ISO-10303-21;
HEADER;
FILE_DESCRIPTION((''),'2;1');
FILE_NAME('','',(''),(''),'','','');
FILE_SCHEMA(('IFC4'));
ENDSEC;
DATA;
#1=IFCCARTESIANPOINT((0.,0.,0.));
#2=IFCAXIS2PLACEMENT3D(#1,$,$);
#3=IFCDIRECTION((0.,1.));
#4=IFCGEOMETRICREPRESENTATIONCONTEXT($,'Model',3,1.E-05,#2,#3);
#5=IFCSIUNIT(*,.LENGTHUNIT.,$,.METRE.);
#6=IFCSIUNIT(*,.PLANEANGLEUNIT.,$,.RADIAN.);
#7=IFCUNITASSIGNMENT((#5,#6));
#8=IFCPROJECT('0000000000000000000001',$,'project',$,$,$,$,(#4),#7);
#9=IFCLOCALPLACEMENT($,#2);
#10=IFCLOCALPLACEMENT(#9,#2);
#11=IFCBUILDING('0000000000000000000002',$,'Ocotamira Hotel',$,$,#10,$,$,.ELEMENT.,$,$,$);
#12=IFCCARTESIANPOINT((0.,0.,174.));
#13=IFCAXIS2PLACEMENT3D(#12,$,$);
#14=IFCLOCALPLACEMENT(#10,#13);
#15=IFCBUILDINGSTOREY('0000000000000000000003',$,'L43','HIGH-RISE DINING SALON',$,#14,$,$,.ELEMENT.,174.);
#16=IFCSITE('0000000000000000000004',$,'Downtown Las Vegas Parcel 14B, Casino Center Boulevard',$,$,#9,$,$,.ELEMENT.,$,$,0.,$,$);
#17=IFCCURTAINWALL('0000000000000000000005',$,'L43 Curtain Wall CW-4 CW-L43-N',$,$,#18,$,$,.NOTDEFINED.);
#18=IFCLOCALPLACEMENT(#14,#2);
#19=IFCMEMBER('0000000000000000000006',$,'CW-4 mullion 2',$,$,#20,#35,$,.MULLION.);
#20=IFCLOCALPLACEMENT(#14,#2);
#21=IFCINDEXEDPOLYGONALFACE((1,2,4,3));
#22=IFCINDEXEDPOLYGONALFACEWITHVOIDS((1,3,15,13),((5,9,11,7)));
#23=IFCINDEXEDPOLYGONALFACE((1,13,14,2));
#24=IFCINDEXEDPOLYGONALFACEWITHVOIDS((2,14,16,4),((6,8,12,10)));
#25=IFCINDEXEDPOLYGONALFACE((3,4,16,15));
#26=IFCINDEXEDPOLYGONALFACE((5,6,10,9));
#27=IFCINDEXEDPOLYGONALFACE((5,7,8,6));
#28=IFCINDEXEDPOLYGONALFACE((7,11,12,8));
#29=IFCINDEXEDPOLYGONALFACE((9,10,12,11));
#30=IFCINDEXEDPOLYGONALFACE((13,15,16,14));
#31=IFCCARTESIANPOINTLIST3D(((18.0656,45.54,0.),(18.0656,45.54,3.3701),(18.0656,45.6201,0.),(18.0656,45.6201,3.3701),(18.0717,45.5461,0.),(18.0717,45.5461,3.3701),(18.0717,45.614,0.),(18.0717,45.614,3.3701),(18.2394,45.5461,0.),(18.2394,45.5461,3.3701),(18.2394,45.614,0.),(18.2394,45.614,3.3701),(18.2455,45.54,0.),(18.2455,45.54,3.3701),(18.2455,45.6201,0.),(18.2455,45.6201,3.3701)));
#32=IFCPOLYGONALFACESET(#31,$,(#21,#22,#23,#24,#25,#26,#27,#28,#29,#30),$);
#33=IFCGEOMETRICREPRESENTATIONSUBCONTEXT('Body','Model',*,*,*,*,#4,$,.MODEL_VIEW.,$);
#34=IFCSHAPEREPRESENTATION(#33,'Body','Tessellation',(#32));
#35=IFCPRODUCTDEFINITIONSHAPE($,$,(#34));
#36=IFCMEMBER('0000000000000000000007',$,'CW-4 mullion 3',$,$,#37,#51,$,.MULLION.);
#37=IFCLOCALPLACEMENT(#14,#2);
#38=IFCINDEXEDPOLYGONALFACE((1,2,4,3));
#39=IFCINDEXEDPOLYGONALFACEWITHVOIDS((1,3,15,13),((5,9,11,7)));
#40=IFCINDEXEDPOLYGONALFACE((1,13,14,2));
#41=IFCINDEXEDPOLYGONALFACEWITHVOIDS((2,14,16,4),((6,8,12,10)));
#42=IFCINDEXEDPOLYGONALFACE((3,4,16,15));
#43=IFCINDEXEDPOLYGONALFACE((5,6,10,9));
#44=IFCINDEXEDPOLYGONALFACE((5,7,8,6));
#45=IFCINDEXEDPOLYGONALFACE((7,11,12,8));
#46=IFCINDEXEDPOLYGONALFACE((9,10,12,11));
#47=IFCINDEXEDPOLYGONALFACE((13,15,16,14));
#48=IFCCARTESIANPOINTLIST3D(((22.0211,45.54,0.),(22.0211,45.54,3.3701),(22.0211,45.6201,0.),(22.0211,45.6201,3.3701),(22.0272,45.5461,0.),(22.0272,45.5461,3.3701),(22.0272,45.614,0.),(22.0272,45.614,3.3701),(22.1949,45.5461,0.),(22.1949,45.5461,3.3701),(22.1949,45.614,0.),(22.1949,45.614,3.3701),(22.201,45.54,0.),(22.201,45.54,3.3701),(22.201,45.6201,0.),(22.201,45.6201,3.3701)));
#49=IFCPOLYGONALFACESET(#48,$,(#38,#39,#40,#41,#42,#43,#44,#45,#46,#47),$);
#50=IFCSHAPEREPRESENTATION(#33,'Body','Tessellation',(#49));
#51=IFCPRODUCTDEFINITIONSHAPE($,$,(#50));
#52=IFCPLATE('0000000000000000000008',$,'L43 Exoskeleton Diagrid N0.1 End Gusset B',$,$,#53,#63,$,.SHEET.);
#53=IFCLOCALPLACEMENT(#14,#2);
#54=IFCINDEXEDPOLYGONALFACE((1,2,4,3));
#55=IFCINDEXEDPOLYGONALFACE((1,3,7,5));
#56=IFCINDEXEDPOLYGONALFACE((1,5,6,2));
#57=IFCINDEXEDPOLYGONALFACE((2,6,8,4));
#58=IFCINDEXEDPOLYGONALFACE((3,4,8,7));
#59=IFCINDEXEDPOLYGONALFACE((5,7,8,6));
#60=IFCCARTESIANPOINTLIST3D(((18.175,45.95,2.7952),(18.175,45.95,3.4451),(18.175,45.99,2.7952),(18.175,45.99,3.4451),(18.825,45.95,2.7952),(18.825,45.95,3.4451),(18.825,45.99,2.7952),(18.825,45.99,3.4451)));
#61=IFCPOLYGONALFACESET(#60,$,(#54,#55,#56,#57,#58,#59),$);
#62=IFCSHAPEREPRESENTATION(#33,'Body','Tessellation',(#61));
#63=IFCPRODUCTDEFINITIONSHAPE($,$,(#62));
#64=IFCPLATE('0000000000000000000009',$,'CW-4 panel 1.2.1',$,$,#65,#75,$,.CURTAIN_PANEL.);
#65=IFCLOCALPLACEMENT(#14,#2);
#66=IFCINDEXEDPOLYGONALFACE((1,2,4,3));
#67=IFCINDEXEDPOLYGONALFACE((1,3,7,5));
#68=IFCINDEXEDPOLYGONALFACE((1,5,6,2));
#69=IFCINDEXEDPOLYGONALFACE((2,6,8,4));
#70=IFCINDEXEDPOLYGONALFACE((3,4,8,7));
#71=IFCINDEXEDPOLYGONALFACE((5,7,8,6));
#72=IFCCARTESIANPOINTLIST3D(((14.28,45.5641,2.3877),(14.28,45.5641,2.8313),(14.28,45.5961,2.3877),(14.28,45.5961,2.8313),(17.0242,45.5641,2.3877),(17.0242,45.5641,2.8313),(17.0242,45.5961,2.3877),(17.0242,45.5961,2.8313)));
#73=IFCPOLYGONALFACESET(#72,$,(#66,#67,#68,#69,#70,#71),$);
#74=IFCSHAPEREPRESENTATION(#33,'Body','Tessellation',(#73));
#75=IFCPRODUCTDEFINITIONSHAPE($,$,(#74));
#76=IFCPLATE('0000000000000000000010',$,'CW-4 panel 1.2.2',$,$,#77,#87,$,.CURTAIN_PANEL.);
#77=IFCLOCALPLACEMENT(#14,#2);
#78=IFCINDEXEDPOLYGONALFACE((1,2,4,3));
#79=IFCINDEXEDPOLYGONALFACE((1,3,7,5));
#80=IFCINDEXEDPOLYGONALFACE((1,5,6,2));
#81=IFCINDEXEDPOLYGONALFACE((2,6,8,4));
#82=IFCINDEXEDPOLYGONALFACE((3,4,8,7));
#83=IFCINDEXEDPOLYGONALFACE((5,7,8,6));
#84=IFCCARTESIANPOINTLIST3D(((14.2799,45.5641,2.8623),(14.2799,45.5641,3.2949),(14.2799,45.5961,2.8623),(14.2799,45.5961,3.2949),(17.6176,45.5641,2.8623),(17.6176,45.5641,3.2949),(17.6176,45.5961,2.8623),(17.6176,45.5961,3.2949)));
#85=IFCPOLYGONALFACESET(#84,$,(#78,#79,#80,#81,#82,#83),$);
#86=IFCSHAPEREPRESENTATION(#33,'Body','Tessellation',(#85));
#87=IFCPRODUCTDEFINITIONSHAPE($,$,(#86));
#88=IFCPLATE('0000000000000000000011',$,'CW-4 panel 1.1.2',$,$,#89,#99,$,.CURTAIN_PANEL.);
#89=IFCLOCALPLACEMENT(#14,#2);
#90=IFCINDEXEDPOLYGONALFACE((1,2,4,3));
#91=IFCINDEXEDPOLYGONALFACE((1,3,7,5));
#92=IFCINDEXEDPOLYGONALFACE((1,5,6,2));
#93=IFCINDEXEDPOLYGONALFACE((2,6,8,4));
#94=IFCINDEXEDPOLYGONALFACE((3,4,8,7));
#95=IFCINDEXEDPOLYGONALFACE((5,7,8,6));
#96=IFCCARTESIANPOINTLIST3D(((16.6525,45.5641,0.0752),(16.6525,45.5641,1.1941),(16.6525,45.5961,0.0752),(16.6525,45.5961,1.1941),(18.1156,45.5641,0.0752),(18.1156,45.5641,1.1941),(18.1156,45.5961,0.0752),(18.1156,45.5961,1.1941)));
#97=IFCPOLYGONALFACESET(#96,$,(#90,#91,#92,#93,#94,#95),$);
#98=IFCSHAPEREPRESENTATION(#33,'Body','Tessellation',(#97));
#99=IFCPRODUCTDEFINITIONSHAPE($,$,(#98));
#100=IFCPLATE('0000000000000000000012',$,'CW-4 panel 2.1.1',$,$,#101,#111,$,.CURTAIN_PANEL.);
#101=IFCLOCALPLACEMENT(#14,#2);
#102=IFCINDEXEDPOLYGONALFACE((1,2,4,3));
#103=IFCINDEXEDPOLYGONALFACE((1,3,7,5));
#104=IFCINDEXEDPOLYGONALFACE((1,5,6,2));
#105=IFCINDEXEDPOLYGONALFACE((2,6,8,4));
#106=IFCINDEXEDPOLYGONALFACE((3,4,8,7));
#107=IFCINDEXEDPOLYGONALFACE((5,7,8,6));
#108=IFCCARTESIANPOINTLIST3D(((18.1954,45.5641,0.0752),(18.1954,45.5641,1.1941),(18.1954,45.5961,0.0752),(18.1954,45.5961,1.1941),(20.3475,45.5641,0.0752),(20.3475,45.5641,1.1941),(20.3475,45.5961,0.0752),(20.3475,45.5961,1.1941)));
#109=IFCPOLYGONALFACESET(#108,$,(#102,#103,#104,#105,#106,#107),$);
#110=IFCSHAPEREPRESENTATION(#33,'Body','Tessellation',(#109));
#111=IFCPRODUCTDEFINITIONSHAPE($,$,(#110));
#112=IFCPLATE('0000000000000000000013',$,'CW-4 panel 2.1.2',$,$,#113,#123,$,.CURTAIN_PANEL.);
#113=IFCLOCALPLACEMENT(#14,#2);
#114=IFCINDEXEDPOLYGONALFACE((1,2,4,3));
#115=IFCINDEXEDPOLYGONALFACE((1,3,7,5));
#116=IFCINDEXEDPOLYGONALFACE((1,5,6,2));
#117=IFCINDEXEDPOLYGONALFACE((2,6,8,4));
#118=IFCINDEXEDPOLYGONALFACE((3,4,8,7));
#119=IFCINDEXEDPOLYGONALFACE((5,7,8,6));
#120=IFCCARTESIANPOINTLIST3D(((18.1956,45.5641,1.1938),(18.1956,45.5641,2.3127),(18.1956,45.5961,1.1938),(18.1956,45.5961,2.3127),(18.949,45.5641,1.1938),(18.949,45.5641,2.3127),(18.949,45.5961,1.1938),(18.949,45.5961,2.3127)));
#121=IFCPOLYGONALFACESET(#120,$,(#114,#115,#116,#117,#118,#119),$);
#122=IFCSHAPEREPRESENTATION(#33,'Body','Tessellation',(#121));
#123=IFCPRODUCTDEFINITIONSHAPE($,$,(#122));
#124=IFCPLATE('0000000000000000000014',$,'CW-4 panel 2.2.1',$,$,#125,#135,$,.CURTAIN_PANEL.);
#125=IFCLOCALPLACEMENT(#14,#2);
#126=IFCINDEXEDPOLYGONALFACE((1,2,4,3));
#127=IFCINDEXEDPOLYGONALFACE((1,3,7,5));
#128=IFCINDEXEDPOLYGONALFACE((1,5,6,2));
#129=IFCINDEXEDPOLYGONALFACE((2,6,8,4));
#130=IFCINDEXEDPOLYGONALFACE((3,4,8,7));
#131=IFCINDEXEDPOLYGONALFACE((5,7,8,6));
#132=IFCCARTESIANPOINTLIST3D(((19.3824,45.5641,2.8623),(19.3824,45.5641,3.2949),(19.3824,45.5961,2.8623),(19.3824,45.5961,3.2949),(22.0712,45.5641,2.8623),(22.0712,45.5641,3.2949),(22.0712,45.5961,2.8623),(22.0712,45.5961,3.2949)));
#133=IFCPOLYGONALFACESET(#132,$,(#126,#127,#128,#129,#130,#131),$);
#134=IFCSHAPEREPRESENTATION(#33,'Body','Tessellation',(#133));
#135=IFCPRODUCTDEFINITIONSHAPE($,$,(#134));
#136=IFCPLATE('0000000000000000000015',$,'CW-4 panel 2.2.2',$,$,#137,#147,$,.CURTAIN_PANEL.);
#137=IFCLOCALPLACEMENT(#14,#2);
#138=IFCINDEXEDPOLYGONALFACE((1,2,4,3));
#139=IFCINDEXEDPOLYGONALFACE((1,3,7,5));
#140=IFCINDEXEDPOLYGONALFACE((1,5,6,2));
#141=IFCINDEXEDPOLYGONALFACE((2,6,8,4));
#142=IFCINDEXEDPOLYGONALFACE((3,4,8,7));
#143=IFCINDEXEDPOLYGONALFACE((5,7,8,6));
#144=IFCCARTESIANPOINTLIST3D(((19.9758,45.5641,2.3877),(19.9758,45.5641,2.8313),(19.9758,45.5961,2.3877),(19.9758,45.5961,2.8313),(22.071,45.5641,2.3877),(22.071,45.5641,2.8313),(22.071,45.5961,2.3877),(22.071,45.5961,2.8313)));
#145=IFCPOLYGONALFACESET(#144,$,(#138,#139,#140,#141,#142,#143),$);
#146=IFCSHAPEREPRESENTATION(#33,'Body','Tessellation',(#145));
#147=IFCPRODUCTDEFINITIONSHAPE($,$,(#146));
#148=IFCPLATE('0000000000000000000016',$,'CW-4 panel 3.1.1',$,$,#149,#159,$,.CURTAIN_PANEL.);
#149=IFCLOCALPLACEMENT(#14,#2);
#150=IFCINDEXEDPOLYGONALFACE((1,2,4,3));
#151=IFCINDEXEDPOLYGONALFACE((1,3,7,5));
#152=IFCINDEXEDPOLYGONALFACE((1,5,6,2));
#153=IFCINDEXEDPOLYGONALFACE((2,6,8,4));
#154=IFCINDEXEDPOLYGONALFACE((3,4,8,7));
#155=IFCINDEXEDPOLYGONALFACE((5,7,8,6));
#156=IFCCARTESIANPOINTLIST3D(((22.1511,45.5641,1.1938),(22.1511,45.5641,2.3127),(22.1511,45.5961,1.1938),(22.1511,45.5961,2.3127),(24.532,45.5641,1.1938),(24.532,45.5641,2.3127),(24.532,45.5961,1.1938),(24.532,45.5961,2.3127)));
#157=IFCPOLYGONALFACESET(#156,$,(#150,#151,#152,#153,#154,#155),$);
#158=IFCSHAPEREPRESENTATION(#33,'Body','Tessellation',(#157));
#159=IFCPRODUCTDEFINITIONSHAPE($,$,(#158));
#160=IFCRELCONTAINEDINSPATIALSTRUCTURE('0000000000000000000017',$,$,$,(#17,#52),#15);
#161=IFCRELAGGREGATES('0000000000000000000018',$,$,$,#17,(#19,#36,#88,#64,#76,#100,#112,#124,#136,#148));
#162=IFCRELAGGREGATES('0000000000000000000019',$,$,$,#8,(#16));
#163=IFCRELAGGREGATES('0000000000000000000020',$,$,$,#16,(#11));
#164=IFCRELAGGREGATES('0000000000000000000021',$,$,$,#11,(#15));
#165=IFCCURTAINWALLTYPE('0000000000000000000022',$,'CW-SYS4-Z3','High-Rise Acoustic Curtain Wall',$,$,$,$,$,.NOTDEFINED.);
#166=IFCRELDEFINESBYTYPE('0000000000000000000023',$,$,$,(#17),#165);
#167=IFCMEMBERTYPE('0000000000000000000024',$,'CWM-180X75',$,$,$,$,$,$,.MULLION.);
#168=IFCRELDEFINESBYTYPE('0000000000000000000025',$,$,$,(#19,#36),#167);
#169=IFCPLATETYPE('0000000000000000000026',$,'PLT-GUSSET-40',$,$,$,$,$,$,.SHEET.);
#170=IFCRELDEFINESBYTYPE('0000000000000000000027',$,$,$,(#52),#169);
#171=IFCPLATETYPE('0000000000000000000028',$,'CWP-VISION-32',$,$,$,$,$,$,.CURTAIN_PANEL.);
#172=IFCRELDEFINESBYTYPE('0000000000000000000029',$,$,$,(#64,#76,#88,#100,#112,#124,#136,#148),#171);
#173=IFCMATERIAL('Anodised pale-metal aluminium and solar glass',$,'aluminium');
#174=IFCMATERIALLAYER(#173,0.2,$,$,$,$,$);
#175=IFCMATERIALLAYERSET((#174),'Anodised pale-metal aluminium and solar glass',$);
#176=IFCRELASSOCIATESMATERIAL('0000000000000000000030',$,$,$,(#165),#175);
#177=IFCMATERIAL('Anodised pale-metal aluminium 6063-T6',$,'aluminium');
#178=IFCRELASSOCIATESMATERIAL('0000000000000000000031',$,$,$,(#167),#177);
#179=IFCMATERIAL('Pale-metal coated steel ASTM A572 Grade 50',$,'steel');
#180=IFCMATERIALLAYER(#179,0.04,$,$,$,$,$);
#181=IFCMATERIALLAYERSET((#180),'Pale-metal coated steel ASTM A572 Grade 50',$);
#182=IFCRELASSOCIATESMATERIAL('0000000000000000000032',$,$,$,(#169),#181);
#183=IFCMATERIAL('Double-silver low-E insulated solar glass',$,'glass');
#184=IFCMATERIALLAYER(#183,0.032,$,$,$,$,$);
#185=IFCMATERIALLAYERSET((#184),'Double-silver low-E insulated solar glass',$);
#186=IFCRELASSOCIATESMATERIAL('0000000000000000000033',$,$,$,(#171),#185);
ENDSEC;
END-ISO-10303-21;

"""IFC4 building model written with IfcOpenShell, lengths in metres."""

from ifc_helpers import new_model, si_unit, direction, frame, origin, origin_2d, place, context, subcontext, project, spatial, rectangle, hollow_rectangle, extrude, source, transform, mapped, material, layer, layer_set, material_profile, profile_set, type_object, element, aggregate, save


model = new_model("IFC4")

# Units and contexts
model_context = context("Model", 3, precision=1e-05, world=origin(), true_north=direction((0.0, 1.0)))
body_context = subcontext(model_context, "Body", "Model", "MODEL_VIEW")
ifc_project = project(units=[si_unit("LENGTHUNIT", "METRE"), si_unit("PLANEANGLEUNIT", "RADIAN")], contexts=[model_context])

# Site, building, storey
site_placement = place(None, origin())
site = spatial("IfcSite", under=ifc_project, at=site_placement, Name="Downtown Las Vegas Parcel 14B, Casino Center Boulevard", CompositionType="ELEMENT", RefElevation=0.0)
building_placement = place(site_placement, origin())
building = spatial("IfcBuilding", under=site, at=building_placement, Name="Ocotamira Hotel", CompositionType="ELEMENT")
storey_placement = place(building_placement, frame((0.0, 0.0, 174.0)))
storey = spatial("IfcBuildingStorey", under=building, at=storey_placement, Name="L43", Description="HIGH-RISE DINING SALON", CompositionType="ELEMENT", Elevation=174.0)

# Curtain wall, members
ifc_material_1 = material(Name="Anodised pale-metal aluminium and solar glass", Category="aluminium")
ifc_layer_1 = layer(ifc_material_1, 0.2)
ifc_layer_set_1 = layer_set([ifc_layer_1], Name="Anodised pale-metal aluminium and solar glass")
curtain_wall_type = type_object("IfcCurtainWallType", Name="CW-SYS4-Z3", Description="High-Rise Acoustic Curtain Wall", PredefinedType="NOTDEFINED", material=ifc_layer_set_1)
curtain_wall_placement = place(storey_placement, origin())
curtain_wall = element("IfcCurtainWall", 1, at=curtain_wall_placement, inside=storey, type_object=curtain_wall_type, Name="L43 Curtain Wall CW-4 CW-L43-N", PredefinedType="NOTDEFINED")
ifc_material_2 = material(Name="Anodised pale-metal aluminium 6063-T6", Category="aluminium")
ifc_material_profile_1 = material_profile(ifc_material_2, hollow_rectangle(XDim=0.0801, YDim=0.1799, WallThickness=0.0061, at=origin_2d()), Name="HSS180X80X6")
ifc_profile_set_1 = profile_set([ifc_material_profile_1], Name="Anodised pale-metal aluminium 6063-T6")
member_type_1 = type_object("IfcMemberType", Name="CWM-180X75", PredefinedType="MULLION", material=ifc_profile_set_1)
shared_shape_1 = source(origin(), body_context, "Body", "SweptSolid", [
    extrude(hollow_rectangle(XDim=0.0801, YDim=0.1799, WallThickness=0.0061, at=origin_2d()), origin(), (0.0, 0.0, 1.0), 3.3701),
])
member_1_placement = place(storey_placement, frame((18.1555, 45.5801, 0.0), z_axis=(0.0, 0.0, 1.0), x_axis=(0.0, 1.0, 0.0)))
member_1 = element("IfcMember", 2, at=member_1_placement, type_object=member_type_1, Name="CW-4 mullion 2", PredefinedType="MULLION", context=body_context, shape_type="MappedRepresentation", body=[
    mapped(shared_shape_1, transform((0.0, 0.0, 0.0), scale=1.0)),
])
member_2_placement = place(storey_placement, frame((22.1111, 45.5801, 0.0), z_axis=(0.0, 0.0, 1.0), x_axis=(0.0, 1.0, 0.0)))
member_2 = element("IfcMember", 3, at=member_2_placement, type_object=member_type_1, Name="CW-4 mullion 3", PredefinedType="MULLION", context=body_context, shape_type="MappedRepresentation", body=[
    mapped(shared_shape_1, transform((0.0, 0.0, 0.0), scale=1.0)),
])

# Plates
ifc_material_3 = material(Name="Pale-metal coated steel ASTM A572 Grade 50", Category="steel")
ifc_layer_2 = layer(ifc_material_3, 0.04)
ifc_layer_set_2 = layer_set([ifc_layer_2], Name="Pale-metal coated steel ASTM A572 Grade 50")
plate_type_1 = type_object("IfcPlateType", Name="PLT-GUSSET-40", PredefinedType="SHEET", material=ifc_layer_set_2)
shared_shape_2 = source(origin(), body_context, "Body", "SweptSolid", [
    extrude(rectangle(XDim=0.6499, YDim=0.04, at=origin_2d()), origin(), (0.0, 0.0, 1.0), 0.6499),
])
plate_1_placement = place(storey_placement, frame((18.5, 45.97, 2.7952), z_axis=(0.0, 0.0, 1.0), x_axis=(1.0, 0.0, 0.0)))
element("IfcPlate", 4, at=plate_1_placement, inside=storey, type_object=plate_type_1, Name="L43 Exoskeleton Diagrid N0.1 End Gusset B", PredefinedType="SHEET", context=body_context, shape_type="MappedRepresentation", body=[
    mapped(shared_shape_2, transform((0.0, 0.0, 0.0), scale=1.0)),
])
ifc_material_4 = material(Name="Double-silver low-E insulated solar glass", Category="glass")
ifc_layer_3 = layer(ifc_material_4, 0.032)
ifc_layer_set_3 = layer_set([ifc_layer_3], Name="Double-silver low-E insulated solar glass")
plate_type_2 = type_object("IfcPlateType", Name="CWP-VISION-32", PredefinedType="CURTAIN_PANEL", material=ifc_layer_set_3)
shared_shape_3 = source(origin(), body_context, "Body", "SweptSolid", [
    extrude(rectangle(XDim=2.7441, YDim=0.032, at=origin_2d()), origin(), (0.0, 0.0, 1.0), 0.4436),
])
plate_2_placement = place(storey_placement, frame((15.6521, 45.5801, 2.3877), z_axis=(0.0, 0.0, 1.0), x_axis=(1.0, 0.0, 0.0)))
plate_2 = element("IfcPlate", 5, at=plate_2_placement, type_object=plate_type_2, Name="CW-4 panel 1.2.1", PredefinedType="CURTAIN_PANEL", context=body_context, shape_type="MappedRepresentation", body=[
    mapped(shared_shape_3, transform((0.0, 0.0, 0.0), scale=1.0)),
])
shared_shape_4 = source(origin(), body_context, "Body", "SweptSolid", [
    extrude(rectangle(XDim=3.3376, YDim=0.032, at=origin_2d()), origin(), (0.0, 0.0, 1.0), 0.4326),
])
plate_3_placement = place(storey_placement, frame((15.9487, 45.5801, 2.8623), z_axis=(0.0, 0.0, 1.0), x_axis=(1.0, 0.0, 0.0)))
plate_3 = element("IfcPlate", 6, at=plate_3_placement, type_object=plate_type_2, Name="CW-4 panel 1.2.2", PredefinedType="CURTAIN_PANEL", context=body_context, shape_type="MappedRepresentation", body=[
    mapped(shared_shape_4, transform((0.0, 0.0, 0.0), scale=1.0)),
])
shared_shape_5 = source(origin(), body_context, "Body", "SweptSolid", [
    extrude(rectangle(XDim=1.4631, YDim=0.032, at=origin_2d()), origin(), (0.0, 0.0, 1.0), 1.1189),
])
plate_4_placement = place(storey_placement, frame((17.384, 45.5801, 0.0752), z_axis=(0.0, 0.0, 1.0), x_axis=(1.0, 0.0, 0.0)))
plate_4 = element("IfcPlate", 7, at=plate_4_placement, type_object=plate_type_2, Name="CW-4 panel 1.1.2", PredefinedType="CURTAIN_PANEL", context=body_context, shape_type="MappedRepresentation", body=[
    mapped(shared_shape_5, transform((0.0, 0.0, 0.0), scale=1.0)),
])
shared_shape_6 = source(origin(), body_context, "Body", "SweptSolid", [
    extrude(rectangle(XDim=2.1521, YDim=0.032, at=origin_2d()), origin(), (0.0, 0.0, 1.0), 1.1189),
])
plate_5_placement = place(storey_placement, frame((19.2715, 45.5801, 0.0752), z_axis=(0.0, 0.0, 1.0), x_axis=(1.0, 0.0, 0.0)))
plate_5 = element("IfcPlate", 8, at=plate_5_placement, type_object=plate_type_2, Name="CW-4 panel 2.1.1", PredefinedType="CURTAIN_PANEL", context=body_context, shape_type="MappedRepresentation", body=[
    mapped(shared_shape_6, transform((0.0, 0.0, 0.0), scale=1.0)),
])
shared_shape_7 = source(origin(), body_context, "Body", "SweptSolid", [
    extrude(rectangle(XDim=0.7534, YDim=0.032, at=origin_2d()), origin(), (0.0, 0.0, 1.0), 1.1189),
])
plate_6_placement = place(storey_placement, frame((18.5723, 45.5801, 1.1938), z_axis=(0.0, 0.0, 1.0), x_axis=(1.0, 0.0, 0.0)))
plate_6 = element("IfcPlate", 9, at=plate_6_placement, type_object=plate_type_2, Name="CW-4 panel 2.1.2", PredefinedType="CURTAIN_PANEL", context=body_context, shape_type="MappedRepresentation", body=[
    mapped(shared_shape_7, transform((0.0, 0.0, 0.0), scale=1.0)),
])
shared_shape_8 = source(origin(), body_context, "Body", "SweptSolid", [
    extrude(rectangle(XDim=2.6887, YDim=0.032, at=origin_2d()), origin(), (0.0, 0.0, 1.0), 0.4326),
])
plate_7_placement = place(storey_placement, frame((20.7268, 45.5801, 2.8623), z_axis=(0.0, 0.0, 1.0), x_axis=(1.0, 0.0, 0.0)))
plate_7 = element("IfcPlate", 10, at=plate_7_placement, type_object=plate_type_2, Name="CW-4 panel 2.2.1", PredefinedType="CURTAIN_PANEL", context=body_context, shape_type="MappedRepresentation", body=[
    mapped(shared_shape_8, transform((0.0, 0.0, 0.0), scale=1.0)),
])
shared_shape_9 = source(origin(), body_context, "Body", "SweptSolid", [
    extrude(rectangle(XDim=2.0952, YDim=0.032, at=origin_2d()), origin(), (0.0, 0.0, 1.0), 0.4436),
])
plate_8_placement = place(storey_placement, frame((21.0234, 45.5801, 2.3877), z_axis=(0.0, 0.0, 1.0), x_axis=(1.0, 0.0, 0.0)))
plate_8 = element("IfcPlate", 11, at=plate_8_placement, type_object=plate_type_2, Name="CW-4 panel 2.2.2", PredefinedType="CURTAIN_PANEL", context=body_context, shape_type="MappedRepresentation", body=[
    mapped(shared_shape_9, transform((0.0, 0.0, 0.0), scale=1.0)),
])
shared_shape_10 = source(origin(), body_context, "Body", "SweptSolid", [
    extrude(rectangle(XDim=2.3809, YDim=0.032, at=origin_2d()), origin(), (0.0, 0.0, 1.0), 1.1189),
])
plate_9_placement = place(storey_placement, frame((23.3416, 45.5801, 1.1938), z_axis=(0.0, 0.0, 1.0), x_axis=(1.0, 0.0, 0.0)))
plate_9 = element("IfcPlate", 12, at=plate_9_placement, type_object=plate_type_2, Name="CW-4 panel 3.1.1", PredefinedType="CURTAIN_PANEL", context=body_context, shape_type="MappedRepresentation", body=[
    mapped(shared_shape_10, transform((0.0, 0.0, 0.0), scale=1.0)),
])
aggregate(curtain_wall, [member_1, member_2, plate_4, plate_2, plate_3, plate_5, plate_6, plate_7, plate_8, plate_9])

save(model, "model.ifc")
